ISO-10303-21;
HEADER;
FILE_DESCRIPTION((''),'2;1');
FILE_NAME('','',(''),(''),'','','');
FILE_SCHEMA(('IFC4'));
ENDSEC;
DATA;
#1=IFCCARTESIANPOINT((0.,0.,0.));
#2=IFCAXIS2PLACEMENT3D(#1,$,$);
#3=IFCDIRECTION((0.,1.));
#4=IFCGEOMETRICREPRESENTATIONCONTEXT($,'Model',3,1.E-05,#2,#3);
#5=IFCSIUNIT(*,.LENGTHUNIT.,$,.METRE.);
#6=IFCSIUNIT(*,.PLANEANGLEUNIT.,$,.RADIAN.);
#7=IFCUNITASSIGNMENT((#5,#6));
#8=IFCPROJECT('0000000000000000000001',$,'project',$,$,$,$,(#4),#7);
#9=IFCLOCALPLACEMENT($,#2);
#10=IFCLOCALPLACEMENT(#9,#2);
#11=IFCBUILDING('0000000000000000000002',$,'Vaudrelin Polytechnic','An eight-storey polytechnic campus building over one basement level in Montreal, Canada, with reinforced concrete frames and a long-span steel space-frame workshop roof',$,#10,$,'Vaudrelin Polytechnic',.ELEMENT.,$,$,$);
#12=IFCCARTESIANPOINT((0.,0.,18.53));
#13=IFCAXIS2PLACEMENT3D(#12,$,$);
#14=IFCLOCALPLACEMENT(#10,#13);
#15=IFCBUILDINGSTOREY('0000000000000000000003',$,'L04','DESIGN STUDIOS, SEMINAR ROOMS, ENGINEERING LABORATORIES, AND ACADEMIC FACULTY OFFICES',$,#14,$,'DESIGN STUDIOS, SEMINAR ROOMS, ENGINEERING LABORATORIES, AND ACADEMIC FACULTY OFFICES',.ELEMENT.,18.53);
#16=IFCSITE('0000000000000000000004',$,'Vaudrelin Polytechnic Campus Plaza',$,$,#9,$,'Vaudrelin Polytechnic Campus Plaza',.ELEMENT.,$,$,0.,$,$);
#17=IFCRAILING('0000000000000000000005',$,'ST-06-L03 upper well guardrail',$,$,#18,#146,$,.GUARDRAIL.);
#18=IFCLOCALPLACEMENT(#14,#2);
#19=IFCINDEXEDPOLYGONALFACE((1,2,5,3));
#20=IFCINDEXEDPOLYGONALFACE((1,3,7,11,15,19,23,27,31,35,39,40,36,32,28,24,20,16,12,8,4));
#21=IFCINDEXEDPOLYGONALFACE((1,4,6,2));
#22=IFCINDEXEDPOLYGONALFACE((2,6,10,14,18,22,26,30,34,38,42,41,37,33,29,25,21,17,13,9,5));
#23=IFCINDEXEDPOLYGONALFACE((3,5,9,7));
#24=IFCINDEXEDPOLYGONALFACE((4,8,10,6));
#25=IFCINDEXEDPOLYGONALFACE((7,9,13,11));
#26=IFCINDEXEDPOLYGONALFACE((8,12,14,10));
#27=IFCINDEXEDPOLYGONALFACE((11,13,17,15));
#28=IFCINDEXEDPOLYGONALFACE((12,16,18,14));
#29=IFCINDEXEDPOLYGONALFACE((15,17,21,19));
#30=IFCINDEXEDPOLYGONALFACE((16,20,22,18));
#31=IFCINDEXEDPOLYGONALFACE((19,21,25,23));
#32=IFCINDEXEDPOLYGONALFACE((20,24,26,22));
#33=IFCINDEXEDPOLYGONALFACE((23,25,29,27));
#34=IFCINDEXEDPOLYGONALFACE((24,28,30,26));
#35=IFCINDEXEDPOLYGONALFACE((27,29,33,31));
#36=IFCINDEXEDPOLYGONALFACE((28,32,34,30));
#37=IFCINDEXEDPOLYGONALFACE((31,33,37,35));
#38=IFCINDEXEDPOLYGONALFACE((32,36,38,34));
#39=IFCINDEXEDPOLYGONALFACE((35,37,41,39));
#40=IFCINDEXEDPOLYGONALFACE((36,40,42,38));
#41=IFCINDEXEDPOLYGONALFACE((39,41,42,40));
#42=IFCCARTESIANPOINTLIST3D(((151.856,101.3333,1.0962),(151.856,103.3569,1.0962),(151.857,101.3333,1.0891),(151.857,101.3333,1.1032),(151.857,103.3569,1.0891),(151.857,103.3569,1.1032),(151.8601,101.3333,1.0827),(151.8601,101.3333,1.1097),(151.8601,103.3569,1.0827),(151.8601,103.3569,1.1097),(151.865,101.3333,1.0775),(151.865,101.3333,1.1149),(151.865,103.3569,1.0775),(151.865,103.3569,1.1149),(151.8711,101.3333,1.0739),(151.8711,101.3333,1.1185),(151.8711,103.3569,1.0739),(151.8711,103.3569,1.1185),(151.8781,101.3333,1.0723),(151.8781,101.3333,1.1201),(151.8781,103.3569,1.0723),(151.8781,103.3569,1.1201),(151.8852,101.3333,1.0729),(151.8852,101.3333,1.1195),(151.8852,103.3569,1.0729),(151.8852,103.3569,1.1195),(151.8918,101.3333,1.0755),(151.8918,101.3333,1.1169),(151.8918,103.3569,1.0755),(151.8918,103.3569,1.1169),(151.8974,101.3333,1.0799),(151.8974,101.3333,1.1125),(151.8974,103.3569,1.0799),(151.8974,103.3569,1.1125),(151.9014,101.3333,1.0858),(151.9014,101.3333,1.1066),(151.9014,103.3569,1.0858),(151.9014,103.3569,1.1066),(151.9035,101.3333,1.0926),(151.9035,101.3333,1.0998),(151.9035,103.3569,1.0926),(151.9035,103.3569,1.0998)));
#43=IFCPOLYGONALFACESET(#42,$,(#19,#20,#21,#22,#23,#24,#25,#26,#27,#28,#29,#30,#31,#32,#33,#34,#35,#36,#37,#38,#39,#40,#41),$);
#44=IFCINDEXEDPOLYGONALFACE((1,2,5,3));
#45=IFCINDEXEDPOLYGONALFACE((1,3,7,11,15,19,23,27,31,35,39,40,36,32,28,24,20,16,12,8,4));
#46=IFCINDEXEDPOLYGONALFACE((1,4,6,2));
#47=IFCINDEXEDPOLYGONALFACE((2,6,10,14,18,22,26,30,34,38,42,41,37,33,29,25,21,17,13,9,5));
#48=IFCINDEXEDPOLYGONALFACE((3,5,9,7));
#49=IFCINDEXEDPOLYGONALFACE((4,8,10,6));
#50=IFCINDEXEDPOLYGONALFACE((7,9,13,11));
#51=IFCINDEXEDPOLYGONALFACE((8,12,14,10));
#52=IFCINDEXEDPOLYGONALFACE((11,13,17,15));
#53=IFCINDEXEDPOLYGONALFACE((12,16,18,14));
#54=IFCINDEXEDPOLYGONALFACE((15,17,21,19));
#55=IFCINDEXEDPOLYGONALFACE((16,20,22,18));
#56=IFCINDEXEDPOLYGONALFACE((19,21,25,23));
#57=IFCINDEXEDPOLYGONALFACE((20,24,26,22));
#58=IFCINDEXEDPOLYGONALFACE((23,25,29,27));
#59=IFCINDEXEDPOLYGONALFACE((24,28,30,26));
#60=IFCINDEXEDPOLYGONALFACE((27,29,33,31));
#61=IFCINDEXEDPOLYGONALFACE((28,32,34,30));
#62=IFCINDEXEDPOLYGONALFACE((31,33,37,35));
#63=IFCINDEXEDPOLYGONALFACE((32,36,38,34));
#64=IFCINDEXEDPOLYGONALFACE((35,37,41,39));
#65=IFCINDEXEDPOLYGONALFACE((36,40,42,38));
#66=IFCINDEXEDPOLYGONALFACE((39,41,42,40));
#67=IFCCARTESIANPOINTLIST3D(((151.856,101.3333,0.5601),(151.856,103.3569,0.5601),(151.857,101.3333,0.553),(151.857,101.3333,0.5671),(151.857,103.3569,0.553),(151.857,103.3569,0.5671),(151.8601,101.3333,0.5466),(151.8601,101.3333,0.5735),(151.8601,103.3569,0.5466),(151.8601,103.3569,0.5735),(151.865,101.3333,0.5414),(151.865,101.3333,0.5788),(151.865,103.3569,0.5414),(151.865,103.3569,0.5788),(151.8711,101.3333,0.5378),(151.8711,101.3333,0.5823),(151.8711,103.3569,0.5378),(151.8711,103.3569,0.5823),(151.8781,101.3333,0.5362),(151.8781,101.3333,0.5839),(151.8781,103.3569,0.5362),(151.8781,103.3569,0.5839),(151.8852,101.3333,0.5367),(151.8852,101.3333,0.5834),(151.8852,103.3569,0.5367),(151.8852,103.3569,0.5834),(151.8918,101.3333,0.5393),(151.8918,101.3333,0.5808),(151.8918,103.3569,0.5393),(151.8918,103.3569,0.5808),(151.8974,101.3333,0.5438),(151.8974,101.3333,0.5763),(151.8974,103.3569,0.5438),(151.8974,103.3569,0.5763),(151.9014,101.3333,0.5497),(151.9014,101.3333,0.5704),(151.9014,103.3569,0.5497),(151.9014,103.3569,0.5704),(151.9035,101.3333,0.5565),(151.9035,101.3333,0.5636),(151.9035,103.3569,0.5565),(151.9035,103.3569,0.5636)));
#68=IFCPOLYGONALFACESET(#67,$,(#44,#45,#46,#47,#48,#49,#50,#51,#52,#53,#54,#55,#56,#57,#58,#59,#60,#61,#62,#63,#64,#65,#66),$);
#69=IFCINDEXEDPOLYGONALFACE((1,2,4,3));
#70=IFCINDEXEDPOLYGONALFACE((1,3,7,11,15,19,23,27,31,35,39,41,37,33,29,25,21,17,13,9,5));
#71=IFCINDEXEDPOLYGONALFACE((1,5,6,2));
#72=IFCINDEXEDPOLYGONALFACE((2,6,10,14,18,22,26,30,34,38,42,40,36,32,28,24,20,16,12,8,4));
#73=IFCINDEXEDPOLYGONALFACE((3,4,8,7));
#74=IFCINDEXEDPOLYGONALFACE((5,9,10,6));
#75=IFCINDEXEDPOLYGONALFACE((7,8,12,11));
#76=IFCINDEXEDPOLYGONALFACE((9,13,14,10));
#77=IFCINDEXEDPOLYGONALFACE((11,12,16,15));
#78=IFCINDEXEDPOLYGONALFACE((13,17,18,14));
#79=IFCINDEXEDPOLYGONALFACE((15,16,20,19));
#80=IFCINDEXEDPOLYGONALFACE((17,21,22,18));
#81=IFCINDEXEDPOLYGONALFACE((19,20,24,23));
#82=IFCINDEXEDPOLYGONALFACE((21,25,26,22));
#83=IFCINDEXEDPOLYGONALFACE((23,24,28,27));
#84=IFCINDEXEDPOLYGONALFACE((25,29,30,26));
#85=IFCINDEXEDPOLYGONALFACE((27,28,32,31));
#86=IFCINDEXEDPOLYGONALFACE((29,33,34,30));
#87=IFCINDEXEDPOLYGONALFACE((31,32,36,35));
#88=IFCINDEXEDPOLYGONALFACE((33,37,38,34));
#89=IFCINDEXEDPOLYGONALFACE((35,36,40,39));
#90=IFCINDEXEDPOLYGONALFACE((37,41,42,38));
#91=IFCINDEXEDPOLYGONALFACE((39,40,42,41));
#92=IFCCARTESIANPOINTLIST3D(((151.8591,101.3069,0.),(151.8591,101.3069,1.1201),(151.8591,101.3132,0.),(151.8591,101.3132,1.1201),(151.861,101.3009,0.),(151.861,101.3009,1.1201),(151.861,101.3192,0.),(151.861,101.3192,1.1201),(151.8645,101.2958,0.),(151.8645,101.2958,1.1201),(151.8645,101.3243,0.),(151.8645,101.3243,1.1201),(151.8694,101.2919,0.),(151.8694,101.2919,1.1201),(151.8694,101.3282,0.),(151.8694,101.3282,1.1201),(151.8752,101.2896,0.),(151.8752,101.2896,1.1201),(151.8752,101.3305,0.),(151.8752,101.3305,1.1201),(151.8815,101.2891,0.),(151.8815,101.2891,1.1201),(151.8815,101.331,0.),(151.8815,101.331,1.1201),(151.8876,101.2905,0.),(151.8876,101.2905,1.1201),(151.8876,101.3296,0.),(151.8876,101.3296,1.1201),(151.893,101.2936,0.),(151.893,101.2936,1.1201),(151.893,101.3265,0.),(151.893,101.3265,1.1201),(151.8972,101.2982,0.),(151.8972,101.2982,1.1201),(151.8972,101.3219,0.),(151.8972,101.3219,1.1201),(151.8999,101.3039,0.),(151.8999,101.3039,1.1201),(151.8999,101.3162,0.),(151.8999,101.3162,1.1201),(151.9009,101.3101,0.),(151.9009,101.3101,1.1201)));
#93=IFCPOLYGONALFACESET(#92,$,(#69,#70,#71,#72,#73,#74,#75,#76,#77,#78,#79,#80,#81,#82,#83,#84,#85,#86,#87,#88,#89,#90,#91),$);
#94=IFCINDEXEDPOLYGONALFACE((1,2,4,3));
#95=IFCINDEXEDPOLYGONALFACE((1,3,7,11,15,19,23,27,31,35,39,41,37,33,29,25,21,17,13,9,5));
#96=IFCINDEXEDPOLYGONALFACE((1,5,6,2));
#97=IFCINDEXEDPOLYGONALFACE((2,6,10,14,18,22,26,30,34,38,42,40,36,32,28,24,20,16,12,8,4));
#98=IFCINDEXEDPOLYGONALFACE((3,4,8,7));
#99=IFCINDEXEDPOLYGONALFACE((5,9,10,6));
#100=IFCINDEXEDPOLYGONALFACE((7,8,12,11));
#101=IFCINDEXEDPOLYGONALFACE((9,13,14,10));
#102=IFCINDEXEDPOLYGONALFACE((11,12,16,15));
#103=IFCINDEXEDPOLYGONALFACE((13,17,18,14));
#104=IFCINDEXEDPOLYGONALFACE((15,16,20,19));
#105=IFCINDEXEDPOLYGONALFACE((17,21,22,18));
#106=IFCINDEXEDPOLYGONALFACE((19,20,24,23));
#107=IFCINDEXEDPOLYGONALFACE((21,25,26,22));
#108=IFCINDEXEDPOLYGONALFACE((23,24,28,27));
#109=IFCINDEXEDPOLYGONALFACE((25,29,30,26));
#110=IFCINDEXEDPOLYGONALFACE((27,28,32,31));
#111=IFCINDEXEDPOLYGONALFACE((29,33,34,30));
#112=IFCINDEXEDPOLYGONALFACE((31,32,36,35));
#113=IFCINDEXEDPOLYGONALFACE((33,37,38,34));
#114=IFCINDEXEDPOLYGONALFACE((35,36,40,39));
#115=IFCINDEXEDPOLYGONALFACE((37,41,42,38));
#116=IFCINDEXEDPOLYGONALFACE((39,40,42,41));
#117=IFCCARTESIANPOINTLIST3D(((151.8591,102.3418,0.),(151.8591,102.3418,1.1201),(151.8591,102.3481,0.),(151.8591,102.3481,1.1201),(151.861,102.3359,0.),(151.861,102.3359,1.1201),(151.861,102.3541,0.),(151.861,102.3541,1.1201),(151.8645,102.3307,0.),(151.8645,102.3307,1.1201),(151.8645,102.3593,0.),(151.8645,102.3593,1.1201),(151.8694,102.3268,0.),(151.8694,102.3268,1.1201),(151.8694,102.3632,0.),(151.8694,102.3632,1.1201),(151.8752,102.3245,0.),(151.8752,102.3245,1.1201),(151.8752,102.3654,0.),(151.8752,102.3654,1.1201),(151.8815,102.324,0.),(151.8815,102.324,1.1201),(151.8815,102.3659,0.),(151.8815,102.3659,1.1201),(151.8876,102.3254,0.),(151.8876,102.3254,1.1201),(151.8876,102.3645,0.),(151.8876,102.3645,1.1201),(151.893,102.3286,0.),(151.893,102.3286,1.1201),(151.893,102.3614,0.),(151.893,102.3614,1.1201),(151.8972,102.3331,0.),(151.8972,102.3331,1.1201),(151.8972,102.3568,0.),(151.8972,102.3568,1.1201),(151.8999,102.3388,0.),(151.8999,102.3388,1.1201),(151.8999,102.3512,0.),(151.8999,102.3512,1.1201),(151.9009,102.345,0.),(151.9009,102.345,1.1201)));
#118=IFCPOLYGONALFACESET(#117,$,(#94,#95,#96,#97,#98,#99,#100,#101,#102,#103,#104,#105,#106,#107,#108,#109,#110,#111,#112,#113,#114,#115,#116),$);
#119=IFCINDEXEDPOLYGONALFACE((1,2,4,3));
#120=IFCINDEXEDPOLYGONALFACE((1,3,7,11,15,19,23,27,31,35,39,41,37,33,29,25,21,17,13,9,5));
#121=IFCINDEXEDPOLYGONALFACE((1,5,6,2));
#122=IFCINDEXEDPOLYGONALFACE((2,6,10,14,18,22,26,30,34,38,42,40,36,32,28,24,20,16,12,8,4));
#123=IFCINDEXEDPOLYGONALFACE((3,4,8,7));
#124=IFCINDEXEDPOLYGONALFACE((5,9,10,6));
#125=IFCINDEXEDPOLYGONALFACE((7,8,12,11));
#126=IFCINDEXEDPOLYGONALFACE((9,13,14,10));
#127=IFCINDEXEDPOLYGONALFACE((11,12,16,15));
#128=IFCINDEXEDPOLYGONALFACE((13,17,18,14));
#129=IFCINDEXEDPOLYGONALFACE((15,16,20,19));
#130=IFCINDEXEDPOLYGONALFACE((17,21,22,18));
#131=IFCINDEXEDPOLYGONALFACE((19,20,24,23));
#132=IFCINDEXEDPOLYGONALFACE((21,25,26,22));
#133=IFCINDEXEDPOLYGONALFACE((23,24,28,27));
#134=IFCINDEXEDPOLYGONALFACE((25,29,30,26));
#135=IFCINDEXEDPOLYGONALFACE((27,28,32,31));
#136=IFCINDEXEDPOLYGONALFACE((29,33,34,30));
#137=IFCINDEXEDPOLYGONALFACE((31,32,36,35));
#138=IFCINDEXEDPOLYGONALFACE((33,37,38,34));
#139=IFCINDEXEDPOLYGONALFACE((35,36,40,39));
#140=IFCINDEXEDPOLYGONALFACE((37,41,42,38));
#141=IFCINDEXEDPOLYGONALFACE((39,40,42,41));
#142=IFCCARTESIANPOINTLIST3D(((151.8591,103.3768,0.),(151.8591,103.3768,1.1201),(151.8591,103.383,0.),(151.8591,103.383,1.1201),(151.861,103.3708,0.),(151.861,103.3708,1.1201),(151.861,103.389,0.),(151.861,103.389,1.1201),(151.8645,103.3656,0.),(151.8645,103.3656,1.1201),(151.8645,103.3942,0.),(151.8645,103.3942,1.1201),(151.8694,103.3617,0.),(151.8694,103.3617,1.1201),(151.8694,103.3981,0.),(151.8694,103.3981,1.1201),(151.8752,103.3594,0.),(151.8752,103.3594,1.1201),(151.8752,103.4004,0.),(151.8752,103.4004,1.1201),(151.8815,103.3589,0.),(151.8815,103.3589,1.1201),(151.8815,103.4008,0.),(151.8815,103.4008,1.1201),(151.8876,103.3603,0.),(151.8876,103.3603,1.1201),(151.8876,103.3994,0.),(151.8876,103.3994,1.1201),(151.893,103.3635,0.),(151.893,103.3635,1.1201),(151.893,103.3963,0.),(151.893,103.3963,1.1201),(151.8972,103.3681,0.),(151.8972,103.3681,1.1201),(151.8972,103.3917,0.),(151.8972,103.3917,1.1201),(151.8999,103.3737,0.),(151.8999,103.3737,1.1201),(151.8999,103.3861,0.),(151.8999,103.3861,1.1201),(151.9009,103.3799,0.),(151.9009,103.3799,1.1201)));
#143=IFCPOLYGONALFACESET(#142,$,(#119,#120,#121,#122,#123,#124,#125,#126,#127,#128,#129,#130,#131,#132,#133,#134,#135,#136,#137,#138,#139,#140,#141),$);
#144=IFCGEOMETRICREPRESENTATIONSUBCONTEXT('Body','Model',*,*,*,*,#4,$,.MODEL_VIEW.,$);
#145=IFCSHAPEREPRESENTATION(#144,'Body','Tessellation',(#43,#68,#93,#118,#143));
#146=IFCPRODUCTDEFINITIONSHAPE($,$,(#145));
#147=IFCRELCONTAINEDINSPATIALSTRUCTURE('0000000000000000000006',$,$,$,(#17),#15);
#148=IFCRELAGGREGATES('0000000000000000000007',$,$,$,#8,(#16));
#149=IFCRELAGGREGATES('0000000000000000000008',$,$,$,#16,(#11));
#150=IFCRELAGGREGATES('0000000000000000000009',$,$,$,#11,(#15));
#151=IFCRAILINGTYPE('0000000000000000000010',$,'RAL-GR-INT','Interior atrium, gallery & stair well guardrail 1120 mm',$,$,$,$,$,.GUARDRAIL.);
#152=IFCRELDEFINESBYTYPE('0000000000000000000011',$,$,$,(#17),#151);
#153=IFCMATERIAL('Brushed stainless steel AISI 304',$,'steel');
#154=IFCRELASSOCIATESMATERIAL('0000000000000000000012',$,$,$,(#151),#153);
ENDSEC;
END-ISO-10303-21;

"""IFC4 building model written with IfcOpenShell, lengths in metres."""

from ifc_helpers import new_model, si_unit, direction, frame, origin, origin_2d, place, context, subcontext, project, spatial, circle, extrude, material, type_object, element, save


model = new_model("IFC4")

# Units and contexts
model_context = context("Model", 3, precision=1e-05, world=origin(), true_north=direction((0.0, 1.0)))
body_context = subcontext(model_context, "Body", "Model", "MODEL_VIEW")
ifc_project = project(units=[si_unit("LENGTHUNIT", "METRE"), si_unit("PLANEANGLEUNIT", "RADIAN")], contexts=[model_context])

# Site, building, storey
site_placement = place(None, origin())
site = spatial("IfcSite", under=ifc_project, at=site_placement, Name="Vaudrelin Polytechnic Campus Plaza", LongName="Vaudrelin Polytechnic Campus Plaza", CompositionType="ELEMENT", RefElevation=0.0)
building_placement = place(site_placement, origin())
building = spatial("IfcBuilding", under=site, at=building_placement, Name="Vaudrelin Polytechnic", Description="An eight-storey polytechnic campus building over one basement level in Montreal, Canada, with reinforced concrete frames and a long-span steel space-frame workshop roof", LongName="Vaudrelin Polytechnic", CompositionType="ELEMENT")
storey_placement = place(building_placement, frame((0.0, 0.0, 18.53)))
storey = spatial("IfcBuildingStorey", under=building, at=storey_placement, Name="L04", Description="DESIGN STUDIOS, SEMINAR ROOMS, ENGINEERING LABORATORIES, AND ACADEMIC FACULTY OFFICES", LongName="DESIGN STUDIOS, SEMINAR ROOMS, ENGINEERING LABORATORIES, AND ACADEMIC FACULTY OFFICES", CompositionType="ELEMENT", Elevation=18.53)

# Shared definitions
ifc_material_1 = material(Name="Brushed stainless steel AISI 304", Category="steel")

# Railing
railing_type_1 = type_object("IfcRailingType", Name="RAL-GR-INT", Description="Interior atrium, gallery & stair well guardrail 1120 mm", PredefinedType="GUARDRAIL", material=ifc_material_1)
railing_1_placement = place(storey_placement, frame((151.8799, 101.3101, 0.0)))
element("IfcRailing", 1, at=railing_1_placement, inside=storey, type_object=railing_type_1, Name="ST-06-L03 upper well guardrail", PredefinedType="GUARDRAIL", context=body_context, shape_type="SweptSolid", body=[
    extrude(circle(Radius=0.0239, at=origin_2d()), frame((0.0, 0.0232, 1.0962), z_axis=(0.0, 1.0, 0.0), x_axis=(-1.0, 0.0, 0.0)), (0.0, 0.0, 1.0), 2.0237),
    extrude(circle(Radius=0.0239, at=origin_2d()), frame((0.0, 0.0232, 0.5601), z_axis=(0.0, 1.0, 0.0), x_axis=(-1.0, 0.0, 0.0)), (0.0, 0.0, 1.0), 2.0237),
    extrude(circle(Radius=0.021, at=origin_2d()), origin(), (0.0, 0.0, 1.0), 1.1201),
    extrude(circle(Radius=0.021, at=origin_2d()), frame((0.0, 1.0349, 0.0)), (0.0, 0.0, 1.0), 1.1201),
    extrude(circle(Radius=0.021, at=origin_2d()), frame((0.0, 2.0698, 0.0)), (0.0, 0.0, 1.0), 1.1201),
])

save(model, "model.ifc")
